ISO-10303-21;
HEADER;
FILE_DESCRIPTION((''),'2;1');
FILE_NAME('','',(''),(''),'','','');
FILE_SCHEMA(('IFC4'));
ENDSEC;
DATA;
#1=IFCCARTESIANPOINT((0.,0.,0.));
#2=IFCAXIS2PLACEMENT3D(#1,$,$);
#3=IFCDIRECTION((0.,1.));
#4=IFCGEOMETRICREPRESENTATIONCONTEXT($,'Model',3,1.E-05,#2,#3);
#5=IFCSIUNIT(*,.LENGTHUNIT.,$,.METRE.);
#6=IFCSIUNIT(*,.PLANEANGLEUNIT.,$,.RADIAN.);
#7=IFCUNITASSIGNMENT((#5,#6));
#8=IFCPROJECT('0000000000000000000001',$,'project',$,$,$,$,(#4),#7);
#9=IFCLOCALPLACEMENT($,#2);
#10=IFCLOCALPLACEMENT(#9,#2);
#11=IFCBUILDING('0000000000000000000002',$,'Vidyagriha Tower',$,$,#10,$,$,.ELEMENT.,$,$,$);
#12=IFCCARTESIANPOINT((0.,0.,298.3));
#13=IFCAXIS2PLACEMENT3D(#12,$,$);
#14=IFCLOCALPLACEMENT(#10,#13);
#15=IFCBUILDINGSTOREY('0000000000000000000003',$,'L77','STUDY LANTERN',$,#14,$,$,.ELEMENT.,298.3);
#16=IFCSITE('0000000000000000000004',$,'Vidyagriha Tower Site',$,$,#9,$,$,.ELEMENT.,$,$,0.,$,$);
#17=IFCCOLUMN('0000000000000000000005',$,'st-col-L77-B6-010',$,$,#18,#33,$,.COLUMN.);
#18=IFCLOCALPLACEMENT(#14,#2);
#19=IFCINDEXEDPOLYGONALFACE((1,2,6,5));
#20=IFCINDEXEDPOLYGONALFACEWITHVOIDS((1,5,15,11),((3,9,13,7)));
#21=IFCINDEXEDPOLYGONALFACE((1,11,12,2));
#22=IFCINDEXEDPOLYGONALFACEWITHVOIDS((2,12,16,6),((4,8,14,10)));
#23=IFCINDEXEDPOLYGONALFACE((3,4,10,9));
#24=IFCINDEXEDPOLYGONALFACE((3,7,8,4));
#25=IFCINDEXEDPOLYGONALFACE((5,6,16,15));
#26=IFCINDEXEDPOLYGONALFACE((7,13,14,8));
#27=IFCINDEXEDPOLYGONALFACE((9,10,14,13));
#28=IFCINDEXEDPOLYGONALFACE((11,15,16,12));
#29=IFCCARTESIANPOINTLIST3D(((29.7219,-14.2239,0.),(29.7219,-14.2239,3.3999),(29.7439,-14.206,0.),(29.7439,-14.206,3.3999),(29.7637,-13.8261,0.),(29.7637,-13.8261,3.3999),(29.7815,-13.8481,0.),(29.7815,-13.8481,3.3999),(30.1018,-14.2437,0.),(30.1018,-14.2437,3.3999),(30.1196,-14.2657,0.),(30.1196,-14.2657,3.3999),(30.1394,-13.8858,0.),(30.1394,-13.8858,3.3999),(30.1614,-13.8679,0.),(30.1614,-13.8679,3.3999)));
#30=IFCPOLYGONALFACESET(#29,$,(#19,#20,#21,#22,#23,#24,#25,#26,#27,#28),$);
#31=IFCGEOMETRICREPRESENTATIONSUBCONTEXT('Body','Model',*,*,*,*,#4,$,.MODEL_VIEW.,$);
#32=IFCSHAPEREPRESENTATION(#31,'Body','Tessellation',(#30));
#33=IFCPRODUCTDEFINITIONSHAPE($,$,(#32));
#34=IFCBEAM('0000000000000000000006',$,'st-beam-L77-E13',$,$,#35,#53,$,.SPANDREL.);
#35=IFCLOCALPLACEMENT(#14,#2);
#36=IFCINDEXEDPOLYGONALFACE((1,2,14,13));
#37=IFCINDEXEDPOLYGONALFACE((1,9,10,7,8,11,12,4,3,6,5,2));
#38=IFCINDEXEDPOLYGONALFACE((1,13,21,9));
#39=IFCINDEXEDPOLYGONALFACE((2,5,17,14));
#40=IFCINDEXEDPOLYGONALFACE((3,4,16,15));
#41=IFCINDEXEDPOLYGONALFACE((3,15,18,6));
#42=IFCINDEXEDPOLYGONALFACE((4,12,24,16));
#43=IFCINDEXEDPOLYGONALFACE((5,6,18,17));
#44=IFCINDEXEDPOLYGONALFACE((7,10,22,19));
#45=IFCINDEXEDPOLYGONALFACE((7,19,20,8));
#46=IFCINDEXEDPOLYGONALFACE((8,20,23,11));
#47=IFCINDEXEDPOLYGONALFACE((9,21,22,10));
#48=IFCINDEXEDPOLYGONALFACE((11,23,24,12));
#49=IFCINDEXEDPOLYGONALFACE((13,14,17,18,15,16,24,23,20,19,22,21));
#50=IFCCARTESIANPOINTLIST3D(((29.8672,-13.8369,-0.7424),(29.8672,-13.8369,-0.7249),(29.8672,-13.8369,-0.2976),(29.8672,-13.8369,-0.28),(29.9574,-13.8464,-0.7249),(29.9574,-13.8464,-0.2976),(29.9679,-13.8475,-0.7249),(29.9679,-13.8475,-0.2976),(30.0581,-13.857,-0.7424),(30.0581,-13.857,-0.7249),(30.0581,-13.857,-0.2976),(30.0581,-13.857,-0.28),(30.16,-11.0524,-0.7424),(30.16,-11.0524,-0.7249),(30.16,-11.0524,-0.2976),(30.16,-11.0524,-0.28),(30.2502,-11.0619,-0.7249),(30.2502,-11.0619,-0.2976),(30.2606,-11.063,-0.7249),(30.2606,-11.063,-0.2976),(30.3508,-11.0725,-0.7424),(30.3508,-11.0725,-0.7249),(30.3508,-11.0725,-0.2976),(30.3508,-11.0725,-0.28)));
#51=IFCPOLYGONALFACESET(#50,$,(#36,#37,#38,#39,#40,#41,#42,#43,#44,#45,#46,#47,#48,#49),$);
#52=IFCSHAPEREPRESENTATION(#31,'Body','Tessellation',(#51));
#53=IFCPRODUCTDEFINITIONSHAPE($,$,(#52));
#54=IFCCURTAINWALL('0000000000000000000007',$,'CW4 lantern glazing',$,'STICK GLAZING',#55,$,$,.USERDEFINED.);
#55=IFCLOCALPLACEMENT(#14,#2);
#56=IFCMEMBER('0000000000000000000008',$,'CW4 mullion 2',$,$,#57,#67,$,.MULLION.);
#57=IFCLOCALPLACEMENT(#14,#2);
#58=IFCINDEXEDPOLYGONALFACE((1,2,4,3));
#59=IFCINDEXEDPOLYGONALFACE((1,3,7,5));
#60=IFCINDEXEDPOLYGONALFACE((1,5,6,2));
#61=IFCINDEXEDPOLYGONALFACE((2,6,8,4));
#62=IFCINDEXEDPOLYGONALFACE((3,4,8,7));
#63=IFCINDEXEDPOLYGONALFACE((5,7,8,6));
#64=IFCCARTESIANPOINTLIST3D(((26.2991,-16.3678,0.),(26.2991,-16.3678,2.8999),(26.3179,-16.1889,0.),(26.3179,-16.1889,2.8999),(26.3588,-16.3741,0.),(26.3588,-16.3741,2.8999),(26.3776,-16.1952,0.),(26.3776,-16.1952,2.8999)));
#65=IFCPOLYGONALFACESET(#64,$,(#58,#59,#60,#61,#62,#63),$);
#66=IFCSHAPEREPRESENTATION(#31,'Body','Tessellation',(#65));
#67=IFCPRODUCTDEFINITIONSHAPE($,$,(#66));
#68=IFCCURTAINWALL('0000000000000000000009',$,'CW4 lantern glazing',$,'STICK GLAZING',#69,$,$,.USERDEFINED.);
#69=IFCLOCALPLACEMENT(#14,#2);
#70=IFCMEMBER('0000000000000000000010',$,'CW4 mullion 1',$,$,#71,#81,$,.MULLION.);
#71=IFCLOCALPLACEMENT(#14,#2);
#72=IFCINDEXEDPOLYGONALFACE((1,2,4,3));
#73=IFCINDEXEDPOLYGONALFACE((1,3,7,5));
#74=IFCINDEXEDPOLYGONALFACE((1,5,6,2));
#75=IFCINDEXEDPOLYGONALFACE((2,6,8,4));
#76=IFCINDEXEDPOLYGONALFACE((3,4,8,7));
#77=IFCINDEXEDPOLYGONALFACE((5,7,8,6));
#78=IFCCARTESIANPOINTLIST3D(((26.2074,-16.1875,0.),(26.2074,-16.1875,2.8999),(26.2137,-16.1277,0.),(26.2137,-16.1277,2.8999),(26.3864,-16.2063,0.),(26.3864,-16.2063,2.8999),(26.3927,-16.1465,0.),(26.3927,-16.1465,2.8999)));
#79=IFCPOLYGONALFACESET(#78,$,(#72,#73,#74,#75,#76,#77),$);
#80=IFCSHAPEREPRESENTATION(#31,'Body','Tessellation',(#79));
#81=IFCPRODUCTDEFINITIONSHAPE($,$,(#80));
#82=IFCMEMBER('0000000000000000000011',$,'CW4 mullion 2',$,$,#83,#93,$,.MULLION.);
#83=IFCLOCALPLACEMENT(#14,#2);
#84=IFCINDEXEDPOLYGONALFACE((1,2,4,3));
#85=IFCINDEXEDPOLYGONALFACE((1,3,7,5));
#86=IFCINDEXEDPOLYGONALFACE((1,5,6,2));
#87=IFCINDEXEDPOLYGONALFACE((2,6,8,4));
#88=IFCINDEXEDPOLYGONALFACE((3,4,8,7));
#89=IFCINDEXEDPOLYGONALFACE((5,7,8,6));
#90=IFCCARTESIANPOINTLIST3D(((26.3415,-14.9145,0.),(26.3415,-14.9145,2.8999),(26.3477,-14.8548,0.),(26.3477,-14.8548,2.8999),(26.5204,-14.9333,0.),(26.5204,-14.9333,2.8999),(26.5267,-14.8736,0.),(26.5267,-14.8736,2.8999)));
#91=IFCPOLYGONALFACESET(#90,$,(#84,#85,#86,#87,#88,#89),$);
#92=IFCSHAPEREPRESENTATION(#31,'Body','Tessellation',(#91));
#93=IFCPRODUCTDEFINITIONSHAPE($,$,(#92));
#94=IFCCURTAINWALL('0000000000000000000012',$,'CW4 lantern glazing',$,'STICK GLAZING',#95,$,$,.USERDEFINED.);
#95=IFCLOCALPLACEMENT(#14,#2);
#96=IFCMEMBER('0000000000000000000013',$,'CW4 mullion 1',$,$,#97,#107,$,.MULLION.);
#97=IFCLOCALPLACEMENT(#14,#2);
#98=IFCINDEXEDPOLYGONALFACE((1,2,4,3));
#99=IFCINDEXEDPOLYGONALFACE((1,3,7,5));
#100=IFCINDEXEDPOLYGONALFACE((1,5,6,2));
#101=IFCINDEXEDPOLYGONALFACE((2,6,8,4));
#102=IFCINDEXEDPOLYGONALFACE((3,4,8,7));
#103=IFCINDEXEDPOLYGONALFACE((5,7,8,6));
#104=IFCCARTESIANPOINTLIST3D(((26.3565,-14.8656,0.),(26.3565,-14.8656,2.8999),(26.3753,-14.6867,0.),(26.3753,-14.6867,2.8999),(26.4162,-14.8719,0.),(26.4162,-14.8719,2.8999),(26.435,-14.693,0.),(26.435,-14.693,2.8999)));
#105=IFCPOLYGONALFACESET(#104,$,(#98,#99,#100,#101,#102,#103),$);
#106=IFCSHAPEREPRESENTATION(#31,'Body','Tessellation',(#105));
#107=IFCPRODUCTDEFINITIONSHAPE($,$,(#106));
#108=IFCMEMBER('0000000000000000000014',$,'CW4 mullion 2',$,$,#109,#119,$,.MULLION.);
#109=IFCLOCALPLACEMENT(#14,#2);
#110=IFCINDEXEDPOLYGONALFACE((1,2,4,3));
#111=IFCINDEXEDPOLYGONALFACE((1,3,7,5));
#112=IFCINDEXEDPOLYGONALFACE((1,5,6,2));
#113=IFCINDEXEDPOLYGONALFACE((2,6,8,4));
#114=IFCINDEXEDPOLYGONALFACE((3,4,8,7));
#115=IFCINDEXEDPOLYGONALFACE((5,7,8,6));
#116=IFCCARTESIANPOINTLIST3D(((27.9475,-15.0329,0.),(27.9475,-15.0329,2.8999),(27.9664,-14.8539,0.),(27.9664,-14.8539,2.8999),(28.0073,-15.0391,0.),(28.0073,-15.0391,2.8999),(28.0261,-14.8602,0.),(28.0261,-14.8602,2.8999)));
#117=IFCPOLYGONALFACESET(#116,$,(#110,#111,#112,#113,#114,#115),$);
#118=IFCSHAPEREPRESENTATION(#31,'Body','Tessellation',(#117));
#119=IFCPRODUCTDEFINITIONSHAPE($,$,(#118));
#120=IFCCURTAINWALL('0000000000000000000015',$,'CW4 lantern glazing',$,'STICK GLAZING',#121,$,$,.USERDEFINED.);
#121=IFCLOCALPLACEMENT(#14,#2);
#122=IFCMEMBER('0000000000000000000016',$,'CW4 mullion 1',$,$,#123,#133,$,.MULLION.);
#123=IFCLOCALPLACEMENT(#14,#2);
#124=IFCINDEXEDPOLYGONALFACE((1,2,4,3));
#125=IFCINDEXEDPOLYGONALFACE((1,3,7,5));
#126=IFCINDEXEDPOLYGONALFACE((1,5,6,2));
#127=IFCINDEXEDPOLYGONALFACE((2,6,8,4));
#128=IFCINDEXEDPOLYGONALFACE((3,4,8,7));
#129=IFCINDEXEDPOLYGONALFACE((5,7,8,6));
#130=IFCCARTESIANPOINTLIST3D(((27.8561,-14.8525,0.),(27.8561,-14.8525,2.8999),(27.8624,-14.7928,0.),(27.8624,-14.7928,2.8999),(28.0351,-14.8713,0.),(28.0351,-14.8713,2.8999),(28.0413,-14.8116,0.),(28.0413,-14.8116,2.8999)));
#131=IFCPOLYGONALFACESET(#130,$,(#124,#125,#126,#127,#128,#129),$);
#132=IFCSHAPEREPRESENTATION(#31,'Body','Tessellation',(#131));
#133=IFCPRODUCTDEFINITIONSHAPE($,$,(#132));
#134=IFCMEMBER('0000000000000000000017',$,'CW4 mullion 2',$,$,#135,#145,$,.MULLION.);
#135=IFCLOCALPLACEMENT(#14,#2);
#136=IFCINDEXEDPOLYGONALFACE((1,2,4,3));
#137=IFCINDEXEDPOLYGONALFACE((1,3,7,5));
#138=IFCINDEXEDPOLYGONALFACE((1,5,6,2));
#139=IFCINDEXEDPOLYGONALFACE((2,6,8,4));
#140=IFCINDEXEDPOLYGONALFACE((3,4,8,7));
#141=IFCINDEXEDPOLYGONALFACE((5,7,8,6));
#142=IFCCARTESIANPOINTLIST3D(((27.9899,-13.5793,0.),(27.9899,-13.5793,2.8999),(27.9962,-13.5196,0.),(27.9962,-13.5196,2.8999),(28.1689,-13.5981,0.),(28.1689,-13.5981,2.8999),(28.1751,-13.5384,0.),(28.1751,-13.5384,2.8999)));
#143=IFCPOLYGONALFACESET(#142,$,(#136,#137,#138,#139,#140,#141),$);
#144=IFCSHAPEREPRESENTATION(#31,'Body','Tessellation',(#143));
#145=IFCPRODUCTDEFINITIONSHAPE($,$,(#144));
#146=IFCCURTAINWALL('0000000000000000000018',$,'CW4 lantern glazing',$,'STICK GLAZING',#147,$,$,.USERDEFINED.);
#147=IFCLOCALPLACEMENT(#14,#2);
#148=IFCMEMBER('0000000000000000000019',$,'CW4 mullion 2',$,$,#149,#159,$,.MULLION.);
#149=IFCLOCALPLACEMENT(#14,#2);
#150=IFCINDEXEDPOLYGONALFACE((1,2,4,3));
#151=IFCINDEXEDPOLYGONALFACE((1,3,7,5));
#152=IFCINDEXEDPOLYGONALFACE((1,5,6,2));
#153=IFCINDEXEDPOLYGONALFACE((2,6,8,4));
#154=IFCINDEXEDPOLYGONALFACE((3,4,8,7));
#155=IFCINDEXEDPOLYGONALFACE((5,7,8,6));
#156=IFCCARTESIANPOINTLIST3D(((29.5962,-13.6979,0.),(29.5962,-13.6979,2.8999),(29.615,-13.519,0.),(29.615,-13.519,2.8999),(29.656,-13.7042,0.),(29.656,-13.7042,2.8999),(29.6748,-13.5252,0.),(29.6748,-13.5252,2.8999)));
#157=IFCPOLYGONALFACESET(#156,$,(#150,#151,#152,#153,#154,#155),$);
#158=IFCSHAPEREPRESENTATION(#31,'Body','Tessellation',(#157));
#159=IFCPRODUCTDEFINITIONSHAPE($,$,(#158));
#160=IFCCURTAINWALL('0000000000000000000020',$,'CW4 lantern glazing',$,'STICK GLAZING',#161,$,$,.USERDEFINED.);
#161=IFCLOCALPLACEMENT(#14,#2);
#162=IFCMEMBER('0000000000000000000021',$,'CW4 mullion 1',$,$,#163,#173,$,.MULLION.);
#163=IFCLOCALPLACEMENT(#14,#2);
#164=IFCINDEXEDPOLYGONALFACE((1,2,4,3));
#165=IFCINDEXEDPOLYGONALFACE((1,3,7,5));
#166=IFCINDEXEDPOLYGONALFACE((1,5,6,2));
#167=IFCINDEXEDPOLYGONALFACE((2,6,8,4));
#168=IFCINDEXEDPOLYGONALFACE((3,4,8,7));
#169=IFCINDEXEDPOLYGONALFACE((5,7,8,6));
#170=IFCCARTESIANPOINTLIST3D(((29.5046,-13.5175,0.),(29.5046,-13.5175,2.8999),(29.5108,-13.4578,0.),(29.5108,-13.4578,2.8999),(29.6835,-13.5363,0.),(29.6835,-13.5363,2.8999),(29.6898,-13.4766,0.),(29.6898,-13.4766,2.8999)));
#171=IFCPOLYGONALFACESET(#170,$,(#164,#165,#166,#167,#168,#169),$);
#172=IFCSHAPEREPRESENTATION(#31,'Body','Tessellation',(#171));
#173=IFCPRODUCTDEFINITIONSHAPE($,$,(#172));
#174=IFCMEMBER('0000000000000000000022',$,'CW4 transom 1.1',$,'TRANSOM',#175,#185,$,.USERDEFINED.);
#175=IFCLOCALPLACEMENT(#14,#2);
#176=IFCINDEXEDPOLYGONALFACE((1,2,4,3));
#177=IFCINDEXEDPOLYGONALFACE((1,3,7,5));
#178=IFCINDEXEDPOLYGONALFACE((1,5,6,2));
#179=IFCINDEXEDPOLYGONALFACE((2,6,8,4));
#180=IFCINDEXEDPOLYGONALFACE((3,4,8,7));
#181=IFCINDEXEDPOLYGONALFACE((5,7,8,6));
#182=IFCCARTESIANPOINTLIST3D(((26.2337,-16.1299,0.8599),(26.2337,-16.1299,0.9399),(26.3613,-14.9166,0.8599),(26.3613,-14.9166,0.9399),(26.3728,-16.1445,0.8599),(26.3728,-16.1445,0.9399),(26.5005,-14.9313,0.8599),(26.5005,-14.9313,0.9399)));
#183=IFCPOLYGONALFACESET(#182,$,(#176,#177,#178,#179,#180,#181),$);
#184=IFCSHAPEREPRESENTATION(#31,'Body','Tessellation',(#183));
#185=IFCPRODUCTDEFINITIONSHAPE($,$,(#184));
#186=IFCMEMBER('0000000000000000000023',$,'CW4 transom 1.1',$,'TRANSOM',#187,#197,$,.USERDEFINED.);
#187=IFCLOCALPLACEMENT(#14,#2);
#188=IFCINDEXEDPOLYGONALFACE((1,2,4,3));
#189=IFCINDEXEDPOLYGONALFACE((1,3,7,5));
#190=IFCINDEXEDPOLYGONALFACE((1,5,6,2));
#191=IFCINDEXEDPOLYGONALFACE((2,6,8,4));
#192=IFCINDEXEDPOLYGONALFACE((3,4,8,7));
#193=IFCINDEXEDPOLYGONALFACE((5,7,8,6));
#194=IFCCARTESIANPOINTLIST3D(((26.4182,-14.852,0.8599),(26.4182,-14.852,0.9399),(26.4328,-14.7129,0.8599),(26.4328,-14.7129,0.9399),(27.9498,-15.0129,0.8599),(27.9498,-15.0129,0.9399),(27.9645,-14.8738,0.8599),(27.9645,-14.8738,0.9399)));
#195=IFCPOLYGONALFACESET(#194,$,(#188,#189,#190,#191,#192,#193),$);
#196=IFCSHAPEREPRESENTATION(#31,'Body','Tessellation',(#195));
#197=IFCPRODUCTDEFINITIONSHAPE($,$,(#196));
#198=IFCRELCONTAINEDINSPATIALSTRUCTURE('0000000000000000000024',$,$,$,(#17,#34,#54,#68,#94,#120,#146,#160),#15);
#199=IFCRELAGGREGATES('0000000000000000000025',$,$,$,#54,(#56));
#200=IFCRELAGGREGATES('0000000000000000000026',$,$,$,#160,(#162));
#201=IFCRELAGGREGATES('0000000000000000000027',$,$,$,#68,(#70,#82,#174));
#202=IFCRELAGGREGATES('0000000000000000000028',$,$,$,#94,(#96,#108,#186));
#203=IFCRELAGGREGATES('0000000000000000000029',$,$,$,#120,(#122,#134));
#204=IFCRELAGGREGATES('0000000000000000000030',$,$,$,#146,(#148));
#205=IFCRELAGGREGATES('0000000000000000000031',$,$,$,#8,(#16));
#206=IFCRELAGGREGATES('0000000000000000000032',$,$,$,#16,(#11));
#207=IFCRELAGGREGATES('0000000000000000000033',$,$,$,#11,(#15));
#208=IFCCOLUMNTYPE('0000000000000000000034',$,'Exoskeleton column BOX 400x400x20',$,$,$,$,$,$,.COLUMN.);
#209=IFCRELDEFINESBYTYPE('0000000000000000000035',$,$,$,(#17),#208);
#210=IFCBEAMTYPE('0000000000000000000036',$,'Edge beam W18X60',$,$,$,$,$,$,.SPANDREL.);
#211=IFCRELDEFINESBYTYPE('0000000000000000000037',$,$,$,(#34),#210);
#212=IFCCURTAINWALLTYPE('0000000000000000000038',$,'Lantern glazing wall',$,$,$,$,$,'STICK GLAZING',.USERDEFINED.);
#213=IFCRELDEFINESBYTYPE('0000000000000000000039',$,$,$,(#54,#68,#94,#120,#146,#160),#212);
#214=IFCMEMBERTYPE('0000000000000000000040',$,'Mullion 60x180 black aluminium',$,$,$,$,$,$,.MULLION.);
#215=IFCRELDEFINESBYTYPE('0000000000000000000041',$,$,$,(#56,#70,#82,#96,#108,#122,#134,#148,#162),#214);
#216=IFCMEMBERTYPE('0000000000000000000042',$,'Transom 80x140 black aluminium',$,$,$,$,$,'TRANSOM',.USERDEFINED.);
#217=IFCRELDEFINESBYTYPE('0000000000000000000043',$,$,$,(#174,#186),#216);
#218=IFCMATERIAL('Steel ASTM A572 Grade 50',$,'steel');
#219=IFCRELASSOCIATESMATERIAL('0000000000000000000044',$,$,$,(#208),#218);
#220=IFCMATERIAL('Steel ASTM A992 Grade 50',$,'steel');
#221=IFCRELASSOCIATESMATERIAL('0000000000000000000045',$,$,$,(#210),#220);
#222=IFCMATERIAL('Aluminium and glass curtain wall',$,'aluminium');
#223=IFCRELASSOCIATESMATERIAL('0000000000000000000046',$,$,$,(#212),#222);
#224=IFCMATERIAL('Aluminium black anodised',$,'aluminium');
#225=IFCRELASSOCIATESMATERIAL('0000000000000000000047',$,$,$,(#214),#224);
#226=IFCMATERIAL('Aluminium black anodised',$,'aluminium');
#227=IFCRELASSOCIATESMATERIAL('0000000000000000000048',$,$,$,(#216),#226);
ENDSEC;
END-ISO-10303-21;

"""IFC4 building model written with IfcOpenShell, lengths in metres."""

from ifc_helpers import new_model, si_unit, direction, frame, origin, origin_2d, place, context, subcontext, project, spatial, rectangle, hollow_rectangle, i_section, extrude, material, material_profile, profile_set, type_object, element, aggregate, save


model = new_model("IFC4")

# Units and contexts
model_context = context("Model", 3, precision=1e-05, world=origin(), true_north=direction((0.0, 1.0)))
body_context = subcontext(model_context, "Body", "Model", "MODEL_VIEW")
ifc_project = project(units=[si_unit("LENGTHUNIT", "METRE"), si_unit("PLANEANGLEUNIT", "RADIAN")], contexts=[model_context])

# Site, building, storey
site_placement = place(None, origin())
site = spatial("IfcSite", under=ifc_project, at=site_placement, Name="Vidyagriha Tower Site", CompositionType="ELEMENT", RefElevation=0.0)
building_placement = place(site_placement, origin())
building = spatial("IfcBuilding", under=site, at=building_placement, Name="Vidyagriha Tower", CompositionType="ELEMENT")
storey_placement = place(building_placement, frame((0.0, 0.0, 298.3)))
storey = spatial("IfcBuildingStorey", under=building, at=storey_placement, Name="L77", Description="STUDY LANTERN", CompositionType="ELEMENT", Elevation=298.3)

# Column
ifc_material_1 = material(Name="Steel ASTM A572 Grade 50", Category="steel")
ifc_material_profile_1 = material_profile(ifc_material_1, hollow_rectangle(XDim=0.3999, YDim=0.3999, WallThickness=0.02, at=origin_2d()), Name="BOX 400x400x20")
ifc_profile_set_1 = profile_set([ifc_material_profile_1], Name="Steel ASTM A572 Grade 50")
column_type = type_object("IfcColumnType", Name="Exoskeleton column BOX 400x400x20", PredefinedType="COLUMN", material=ifc_profile_set_1)
column_placement = place(storey_placement, frame((29.9417, -14.0459, 0.0), z_axis=(0.0, 0.0, 1.0), x_axis=(0.994522, -0.104528, 0.0)))
element("IfcColumn", 1, at=column_placement, inside=storey, type_object=column_type, Name="st-col-L77-B6-010", PredefinedType="COLUMN", context=body_context, shape_type="SweptSolid", body=[
    extrude(hollow_rectangle(XDim=0.3999, YDim=0.3999, WallThickness=0.02, at=origin_2d()), origin(), (0.0, 0.0, 1.0), 3.3999),
])

# Beam
ifc_material_2 = material(Name="Steel ASTM A992 Grade 50", Category="steel")
ifc_material_profile_2 = material_profile(ifc_material_2, i_section(OverallWidth=0.1919, OverallDepth=0.4624, WebThickness=0.0105, FlangeThickness=0.0176, at=origin_2d()), Name="W18X60")
ifc_profile_set_2 = profile_set([ifc_material_profile_2], Name="Steel ASTM A992 Grade 50")
beam_type = type_object("IfcBeamType", Name="Edge beam W18X60", PredefinedType="SPANDREL", material=ifc_profile_set_2)
beam_placement = place(storey_placement, frame((29.9626, -13.8469, -0.5112), z_axis=(0.104553, 0.994519, 0.0), x_axis=(-0.994519, 0.104553, 0.0)))
element("IfcBeam", 2, at=beam_placement, inside=storey, type_object=beam_type, Name="st-beam-L77-E13", PredefinedType="SPANDREL", context=body_context, shape_type="SweptSolid", body=[
    extrude(i_section(OverallWidth=0.1919, OverallDepth=0.4624, WebThickness=0.0105, FlangeThickness=0.0176, at=origin_2d()), origin(), (0.0, 0.0, 1.0), 2.7998),
])

# Curtain wall, member
ifc_material_3 = material(Name="Aluminium and glass curtain wall", Category="aluminium")
curtain_wall_type = type_object("IfcCurtainWallType", Name="Lantern glazing wall", ElementType="STICK GLAZING", PredefinedType="USERDEFINED", material=ifc_material_3)
curtain_wall_1_placement = place(storey_placement, origin())
curtain_wall_1 = element("IfcCurtainWall", 3, at=curtain_wall_1_placement, inside=storey, type_object=curtain_wall_type, Name="CW4 lantern glazing", ObjectType="STICK GLAZING", PredefinedType="USERDEFINED")
ifc_material_4 = material(Name="Aluminium black anodised", Category="aluminium")
ifc_material_profile_3 = material_profile(ifc_material_4, rectangle(XDim=0.1799, YDim=0.0601, at=origin_2d()), Name="Mullion 60x180 black aluminium")
ifc_profile_set_3 = profile_set([ifc_material_profile_3], Name="Aluminium black anodised")
member_type_1 = type_object("IfcMemberType", Name="Mullion 60x180 black aluminium", PredefinedType="MULLION", material=ifc_profile_set_3)
member_1_placement = place(storey_placement, frame((26.3384, -16.2815, 0.0), z_axis=(0.0, 0.0, 1.0), x_axis=(0.104519, 0.994523, 0.0)))
member_1 = element("IfcMember", 4, at=member_1_placement, type_object=member_type_1, Name="CW4 mullion 2", PredefinedType="MULLION", context=body_context, shape_type="SweptSolid", body=[
    extrude(rectangle(XDim=0.1799, YDim=0.0601, at=origin_2d()), origin(), (0.0, 0.0, 1.0), 2.8999),
])
aggregate(curtain_wall_1, [member_1])

# Curtain walls, members
curtain_wall_2_placement = place(storey_placement, origin())
curtain_wall_2 = element("IfcCurtainWall", 5, at=curtain_wall_2_placement, inside=storey, type_object=curtain_wall_type, Name="CW4 lantern glazing", ObjectType="STICK GLAZING", PredefinedType="USERDEFINED")
member_2_placement = place(storey_placement, frame((26.3, -16.167, 0.0), z_axis=(0.0, 0.0, 1.0), x_axis=(-0.99452, 0.104549, 0.0)))
member_2 = element("IfcMember", 6, at=member_2_placement, type_object=member_type_1, Name="CW4 mullion 1", PredefinedType="MULLION", context=body_context, shape_type="SweptSolid", body=[
    extrude(rectangle(XDim=0.1799, YDim=0.0601, at=origin_2d()), origin(), (0.0, 0.0, 1.0), 2.8999),
])
member_3_placement = place(storey_placement, frame((26.4341, -14.894, 0.0), z_axis=(0.0, 0.0, 1.0), x_axis=(-0.99452, 0.104549, 0.0)))
member_3 = element("IfcMember", 7, at=member_3_placement, type_object=member_type_1, Name="CW4 mullion 2", PredefinedType="MULLION", context=body_context, shape_type="SweptSolid", body=[
    extrude(rectangle(XDim=0.1799, YDim=0.0601, at=origin_2d()), origin(), (0.0, 0.0, 1.0), 2.8999),
])
curtain_wall_3_placement = place(storey_placement, origin())
curtain_wall_3 = element("IfcCurtainWall", 8, at=curtain_wall_3_placement, inside=storey, type_object=curtain_wall_type, Name="CW4 lantern glazing", ObjectType="STICK GLAZING", PredefinedType="USERDEFINED")
member_4_placement = place(storey_placement, frame((26.3958, -14.7793, 0.0), z_axis=(0.0, 0.0, 1.0), x_axis=(0.104519, 0.994523, 0.0)))
member_4 = element("IfcMember", 9, at=member_4_placement, type_object=member_type_1, Name="CW4 mullion 1", PredefinedType="MULLION", context=body_context, shape_type="SweptSolid", body=[
    extrude(rectangle(XDim=0.1799, YDim=0.0601, at=origin_2d()), origin(), (0.0, 0.0, 1.0), 2.8999),
])
member_5_placement = place(storey_placement, frame((27.9868, -14.9465, 0.0), z_axis=(0.0, 0.0, 1.0), x_axis=(0.104519, 0.994523, 0.0)))
member_5 = element("IfcMember", 10, at=member_5_placement, type_object=member_type_1, Name="CW4 mullion 2", PredefinedType="MULLION", context=body_context, shape_type="SweptSolid", body=[
    extrude(rectangle(XDim=0.1799, YDim=0.0601, at=origin_2d()), origin(), (0.0, 0.0, 1.0), 2.8999),
])
curtain_wall_4_placement = place(storey_placement, origin())
curtain_wall_4 = element("IfcCurtainWall", 11, at=curtain_wall_4_placement, inside=storey, type_object=curtain_wall_type, Name="CW4 lantern glazing", ObjectType="STICK GLAZING", PredefinedType="USERDEFINED")
member_6_placement = place(storey_placement, frame((27.9487, -14.832, 0.0), z_axis=(0.0, 0.0, 1.0), x_axis=(-0.99452, 0.104549, 0.0)))
member_6 = element("IfcMember", 12, at=member_6_placement, type_object=member_type_1, Name="CW4 mullion 1", PredefinedType="MULLION", context=body_context, shape_type="SweptSolid", body=[
    extrude(rectangle(XDim=0.1799, YDim=0.0601, at=origin_2d()), origin(), (0.0, 0.0, 1.0), 2.8999),
])
member_7_placement = place(storey_placement, frame((28.0825, -13.5588, 0.0), z_axis=(0.0, 0.0, 1.0), x_axis=(-0.99452, 0.104549, 0.0)))
member_7 = element("IfcMember", 13, at=member_7_placement, type_object=member_type_1, Name="CW4 mullion 2", PredefinedType="MULLION", context=body_context, shape_type="SweptSolid", body=[
    extrude(rectangle(XDim=0.1799, YDim=0.0601, at=origin_2d()), origin(), (0.0, 0.0, 1.0), 2.8999),
])

# Curtain walls, members
curtain_wall_5_placement = place(storey_placement, origin())
curtain_wall_5 = element("IfcCurtainWall", 14, at=curtain_wall_5_placement, inside=storey, type_object=curtain_wall_type, Name="CW4 lantern glazing", ObjectType="STICK GLAZING", PredefinedType="USERDEFINED")
member_8_placement = place(storey_placement, frame((29.6355, -13.6116, 0.0), z_axis=(0.0, 0.0, 1.0), x_axis=(0.104512, 0.994524, 0.0)))
member_8 = element("IfcMember", 15, at=member_8_placement, type_object=member_type_1, Name="CW4 mullion 2", PredefinedType="MULLION", context=body_context, shape_type="SweptSolid", body=[
    extrude(rectangle(XDim=0.1799, YDim=0.0601, at=origin_2d()), origin(), (0.0, 0.0, 1.0), 2.8999),
])
curtain_wall_6_placement = place(storey_placement, origin())
curtain_wall_6 = element("IfcCurtainWall", 16, at=curtain_wall_6_placement, inside=storey, type_object=curtain_wall_type, Name="CW4 lantern glazing", ObjectType="STICK GLAZING", PredefinedType="USERDEFINED")
member_9_placement = place(storey_placement, frame((29.5972, -13.4971, 0.0), z_axis=(0.0, 0.0, 1.0), x_axis=(-0.994522, 0.104527, 0.0)))
member_9 = element("IfcMember", 17, at=member_9_placement, type_object=member_type_1, Name="CW4 mullion 1", PredefinedType="MULLION", context=body_context, shape_type="SweptSolid", body=[
    extrude(rectangle(XDim=0.1799, YDim=0.0601, at=origin_2d()), origin(), (0.0, 0.0, 1.0), 2.8999),
])

# Members
ifc_material_5 = material(Name="Aluminium black anodised", Category="aluminium")
ifc_material_profile_4 = material_profile(ifc_material_5, rectangle(XDim=0.1399, YDim=0.0801, at=origin_2d()), Name="Transom 80x140 black aluminium")
ifc_profile_set_4 = profile_set([ifc_material_profile_4], Name="Aluminium black anodised")
member_type_2 = type_object("IfcMemberType", Name="Transom 80x140 black aluminium", ElementType="TRANSOM", PredefinedType="USERDEFINED", material=ifc_profile_set_4)
member_10_placement = place(storey_placement, frame((26.3032, -16.1372, 0.8999), z_axis=(0.104654, 0.994509, 0.0), x_axis=(-0.994509, 0.104654, 0.0)))
member_10 = element("IfcMember", 18, at=member_10_placement, type_object=member_type_2, Name="CW4 transom 1.1", ObjectType="TRANSOM", PredefinedType="USERDEFINED", context=body_context, shape_type="SweptSolid", body=[
    extrude(rectangle(XDim=0.1399, YDim=0.0801, at=origin_2d()), origin(), (0.0, 0.0, 1.0), 1.22),
])
member_11_placement = place(storey_placement, frame((26.4255, -14.7825, 0.8999), z_axis=(0.994527, -0.104478, 0.0), x_axis=(0.104478, 0.994527, 0.0)))
member_11 = element("IfcMember", 19, at=member_11_placement, type_object=member_type_2, Name="CW4 transom 1.1", ObjectType="TRANSOM", PredefinedType="USERDEFINED", context=body_context, shape_type="SweptSolid", body=[
    extrude(rectangle(XDim=0.1399, YDim=0.0801, at=origin_2d()), origin(), (0.0, 0.0, 1.0), 1.54),
])
aggregate(curtain_wall_6, [member_9])

aggregate(curtain_wall_2, [member_2, member_3, member_10])
aggregate(curtain_wall_3, [member_4, member_5, member_11])
aggregate(curtain_wall_4, [member_6, member_7])
aggregate(curtain_wall_5, [member_8])

save(model, "model.ifc")
